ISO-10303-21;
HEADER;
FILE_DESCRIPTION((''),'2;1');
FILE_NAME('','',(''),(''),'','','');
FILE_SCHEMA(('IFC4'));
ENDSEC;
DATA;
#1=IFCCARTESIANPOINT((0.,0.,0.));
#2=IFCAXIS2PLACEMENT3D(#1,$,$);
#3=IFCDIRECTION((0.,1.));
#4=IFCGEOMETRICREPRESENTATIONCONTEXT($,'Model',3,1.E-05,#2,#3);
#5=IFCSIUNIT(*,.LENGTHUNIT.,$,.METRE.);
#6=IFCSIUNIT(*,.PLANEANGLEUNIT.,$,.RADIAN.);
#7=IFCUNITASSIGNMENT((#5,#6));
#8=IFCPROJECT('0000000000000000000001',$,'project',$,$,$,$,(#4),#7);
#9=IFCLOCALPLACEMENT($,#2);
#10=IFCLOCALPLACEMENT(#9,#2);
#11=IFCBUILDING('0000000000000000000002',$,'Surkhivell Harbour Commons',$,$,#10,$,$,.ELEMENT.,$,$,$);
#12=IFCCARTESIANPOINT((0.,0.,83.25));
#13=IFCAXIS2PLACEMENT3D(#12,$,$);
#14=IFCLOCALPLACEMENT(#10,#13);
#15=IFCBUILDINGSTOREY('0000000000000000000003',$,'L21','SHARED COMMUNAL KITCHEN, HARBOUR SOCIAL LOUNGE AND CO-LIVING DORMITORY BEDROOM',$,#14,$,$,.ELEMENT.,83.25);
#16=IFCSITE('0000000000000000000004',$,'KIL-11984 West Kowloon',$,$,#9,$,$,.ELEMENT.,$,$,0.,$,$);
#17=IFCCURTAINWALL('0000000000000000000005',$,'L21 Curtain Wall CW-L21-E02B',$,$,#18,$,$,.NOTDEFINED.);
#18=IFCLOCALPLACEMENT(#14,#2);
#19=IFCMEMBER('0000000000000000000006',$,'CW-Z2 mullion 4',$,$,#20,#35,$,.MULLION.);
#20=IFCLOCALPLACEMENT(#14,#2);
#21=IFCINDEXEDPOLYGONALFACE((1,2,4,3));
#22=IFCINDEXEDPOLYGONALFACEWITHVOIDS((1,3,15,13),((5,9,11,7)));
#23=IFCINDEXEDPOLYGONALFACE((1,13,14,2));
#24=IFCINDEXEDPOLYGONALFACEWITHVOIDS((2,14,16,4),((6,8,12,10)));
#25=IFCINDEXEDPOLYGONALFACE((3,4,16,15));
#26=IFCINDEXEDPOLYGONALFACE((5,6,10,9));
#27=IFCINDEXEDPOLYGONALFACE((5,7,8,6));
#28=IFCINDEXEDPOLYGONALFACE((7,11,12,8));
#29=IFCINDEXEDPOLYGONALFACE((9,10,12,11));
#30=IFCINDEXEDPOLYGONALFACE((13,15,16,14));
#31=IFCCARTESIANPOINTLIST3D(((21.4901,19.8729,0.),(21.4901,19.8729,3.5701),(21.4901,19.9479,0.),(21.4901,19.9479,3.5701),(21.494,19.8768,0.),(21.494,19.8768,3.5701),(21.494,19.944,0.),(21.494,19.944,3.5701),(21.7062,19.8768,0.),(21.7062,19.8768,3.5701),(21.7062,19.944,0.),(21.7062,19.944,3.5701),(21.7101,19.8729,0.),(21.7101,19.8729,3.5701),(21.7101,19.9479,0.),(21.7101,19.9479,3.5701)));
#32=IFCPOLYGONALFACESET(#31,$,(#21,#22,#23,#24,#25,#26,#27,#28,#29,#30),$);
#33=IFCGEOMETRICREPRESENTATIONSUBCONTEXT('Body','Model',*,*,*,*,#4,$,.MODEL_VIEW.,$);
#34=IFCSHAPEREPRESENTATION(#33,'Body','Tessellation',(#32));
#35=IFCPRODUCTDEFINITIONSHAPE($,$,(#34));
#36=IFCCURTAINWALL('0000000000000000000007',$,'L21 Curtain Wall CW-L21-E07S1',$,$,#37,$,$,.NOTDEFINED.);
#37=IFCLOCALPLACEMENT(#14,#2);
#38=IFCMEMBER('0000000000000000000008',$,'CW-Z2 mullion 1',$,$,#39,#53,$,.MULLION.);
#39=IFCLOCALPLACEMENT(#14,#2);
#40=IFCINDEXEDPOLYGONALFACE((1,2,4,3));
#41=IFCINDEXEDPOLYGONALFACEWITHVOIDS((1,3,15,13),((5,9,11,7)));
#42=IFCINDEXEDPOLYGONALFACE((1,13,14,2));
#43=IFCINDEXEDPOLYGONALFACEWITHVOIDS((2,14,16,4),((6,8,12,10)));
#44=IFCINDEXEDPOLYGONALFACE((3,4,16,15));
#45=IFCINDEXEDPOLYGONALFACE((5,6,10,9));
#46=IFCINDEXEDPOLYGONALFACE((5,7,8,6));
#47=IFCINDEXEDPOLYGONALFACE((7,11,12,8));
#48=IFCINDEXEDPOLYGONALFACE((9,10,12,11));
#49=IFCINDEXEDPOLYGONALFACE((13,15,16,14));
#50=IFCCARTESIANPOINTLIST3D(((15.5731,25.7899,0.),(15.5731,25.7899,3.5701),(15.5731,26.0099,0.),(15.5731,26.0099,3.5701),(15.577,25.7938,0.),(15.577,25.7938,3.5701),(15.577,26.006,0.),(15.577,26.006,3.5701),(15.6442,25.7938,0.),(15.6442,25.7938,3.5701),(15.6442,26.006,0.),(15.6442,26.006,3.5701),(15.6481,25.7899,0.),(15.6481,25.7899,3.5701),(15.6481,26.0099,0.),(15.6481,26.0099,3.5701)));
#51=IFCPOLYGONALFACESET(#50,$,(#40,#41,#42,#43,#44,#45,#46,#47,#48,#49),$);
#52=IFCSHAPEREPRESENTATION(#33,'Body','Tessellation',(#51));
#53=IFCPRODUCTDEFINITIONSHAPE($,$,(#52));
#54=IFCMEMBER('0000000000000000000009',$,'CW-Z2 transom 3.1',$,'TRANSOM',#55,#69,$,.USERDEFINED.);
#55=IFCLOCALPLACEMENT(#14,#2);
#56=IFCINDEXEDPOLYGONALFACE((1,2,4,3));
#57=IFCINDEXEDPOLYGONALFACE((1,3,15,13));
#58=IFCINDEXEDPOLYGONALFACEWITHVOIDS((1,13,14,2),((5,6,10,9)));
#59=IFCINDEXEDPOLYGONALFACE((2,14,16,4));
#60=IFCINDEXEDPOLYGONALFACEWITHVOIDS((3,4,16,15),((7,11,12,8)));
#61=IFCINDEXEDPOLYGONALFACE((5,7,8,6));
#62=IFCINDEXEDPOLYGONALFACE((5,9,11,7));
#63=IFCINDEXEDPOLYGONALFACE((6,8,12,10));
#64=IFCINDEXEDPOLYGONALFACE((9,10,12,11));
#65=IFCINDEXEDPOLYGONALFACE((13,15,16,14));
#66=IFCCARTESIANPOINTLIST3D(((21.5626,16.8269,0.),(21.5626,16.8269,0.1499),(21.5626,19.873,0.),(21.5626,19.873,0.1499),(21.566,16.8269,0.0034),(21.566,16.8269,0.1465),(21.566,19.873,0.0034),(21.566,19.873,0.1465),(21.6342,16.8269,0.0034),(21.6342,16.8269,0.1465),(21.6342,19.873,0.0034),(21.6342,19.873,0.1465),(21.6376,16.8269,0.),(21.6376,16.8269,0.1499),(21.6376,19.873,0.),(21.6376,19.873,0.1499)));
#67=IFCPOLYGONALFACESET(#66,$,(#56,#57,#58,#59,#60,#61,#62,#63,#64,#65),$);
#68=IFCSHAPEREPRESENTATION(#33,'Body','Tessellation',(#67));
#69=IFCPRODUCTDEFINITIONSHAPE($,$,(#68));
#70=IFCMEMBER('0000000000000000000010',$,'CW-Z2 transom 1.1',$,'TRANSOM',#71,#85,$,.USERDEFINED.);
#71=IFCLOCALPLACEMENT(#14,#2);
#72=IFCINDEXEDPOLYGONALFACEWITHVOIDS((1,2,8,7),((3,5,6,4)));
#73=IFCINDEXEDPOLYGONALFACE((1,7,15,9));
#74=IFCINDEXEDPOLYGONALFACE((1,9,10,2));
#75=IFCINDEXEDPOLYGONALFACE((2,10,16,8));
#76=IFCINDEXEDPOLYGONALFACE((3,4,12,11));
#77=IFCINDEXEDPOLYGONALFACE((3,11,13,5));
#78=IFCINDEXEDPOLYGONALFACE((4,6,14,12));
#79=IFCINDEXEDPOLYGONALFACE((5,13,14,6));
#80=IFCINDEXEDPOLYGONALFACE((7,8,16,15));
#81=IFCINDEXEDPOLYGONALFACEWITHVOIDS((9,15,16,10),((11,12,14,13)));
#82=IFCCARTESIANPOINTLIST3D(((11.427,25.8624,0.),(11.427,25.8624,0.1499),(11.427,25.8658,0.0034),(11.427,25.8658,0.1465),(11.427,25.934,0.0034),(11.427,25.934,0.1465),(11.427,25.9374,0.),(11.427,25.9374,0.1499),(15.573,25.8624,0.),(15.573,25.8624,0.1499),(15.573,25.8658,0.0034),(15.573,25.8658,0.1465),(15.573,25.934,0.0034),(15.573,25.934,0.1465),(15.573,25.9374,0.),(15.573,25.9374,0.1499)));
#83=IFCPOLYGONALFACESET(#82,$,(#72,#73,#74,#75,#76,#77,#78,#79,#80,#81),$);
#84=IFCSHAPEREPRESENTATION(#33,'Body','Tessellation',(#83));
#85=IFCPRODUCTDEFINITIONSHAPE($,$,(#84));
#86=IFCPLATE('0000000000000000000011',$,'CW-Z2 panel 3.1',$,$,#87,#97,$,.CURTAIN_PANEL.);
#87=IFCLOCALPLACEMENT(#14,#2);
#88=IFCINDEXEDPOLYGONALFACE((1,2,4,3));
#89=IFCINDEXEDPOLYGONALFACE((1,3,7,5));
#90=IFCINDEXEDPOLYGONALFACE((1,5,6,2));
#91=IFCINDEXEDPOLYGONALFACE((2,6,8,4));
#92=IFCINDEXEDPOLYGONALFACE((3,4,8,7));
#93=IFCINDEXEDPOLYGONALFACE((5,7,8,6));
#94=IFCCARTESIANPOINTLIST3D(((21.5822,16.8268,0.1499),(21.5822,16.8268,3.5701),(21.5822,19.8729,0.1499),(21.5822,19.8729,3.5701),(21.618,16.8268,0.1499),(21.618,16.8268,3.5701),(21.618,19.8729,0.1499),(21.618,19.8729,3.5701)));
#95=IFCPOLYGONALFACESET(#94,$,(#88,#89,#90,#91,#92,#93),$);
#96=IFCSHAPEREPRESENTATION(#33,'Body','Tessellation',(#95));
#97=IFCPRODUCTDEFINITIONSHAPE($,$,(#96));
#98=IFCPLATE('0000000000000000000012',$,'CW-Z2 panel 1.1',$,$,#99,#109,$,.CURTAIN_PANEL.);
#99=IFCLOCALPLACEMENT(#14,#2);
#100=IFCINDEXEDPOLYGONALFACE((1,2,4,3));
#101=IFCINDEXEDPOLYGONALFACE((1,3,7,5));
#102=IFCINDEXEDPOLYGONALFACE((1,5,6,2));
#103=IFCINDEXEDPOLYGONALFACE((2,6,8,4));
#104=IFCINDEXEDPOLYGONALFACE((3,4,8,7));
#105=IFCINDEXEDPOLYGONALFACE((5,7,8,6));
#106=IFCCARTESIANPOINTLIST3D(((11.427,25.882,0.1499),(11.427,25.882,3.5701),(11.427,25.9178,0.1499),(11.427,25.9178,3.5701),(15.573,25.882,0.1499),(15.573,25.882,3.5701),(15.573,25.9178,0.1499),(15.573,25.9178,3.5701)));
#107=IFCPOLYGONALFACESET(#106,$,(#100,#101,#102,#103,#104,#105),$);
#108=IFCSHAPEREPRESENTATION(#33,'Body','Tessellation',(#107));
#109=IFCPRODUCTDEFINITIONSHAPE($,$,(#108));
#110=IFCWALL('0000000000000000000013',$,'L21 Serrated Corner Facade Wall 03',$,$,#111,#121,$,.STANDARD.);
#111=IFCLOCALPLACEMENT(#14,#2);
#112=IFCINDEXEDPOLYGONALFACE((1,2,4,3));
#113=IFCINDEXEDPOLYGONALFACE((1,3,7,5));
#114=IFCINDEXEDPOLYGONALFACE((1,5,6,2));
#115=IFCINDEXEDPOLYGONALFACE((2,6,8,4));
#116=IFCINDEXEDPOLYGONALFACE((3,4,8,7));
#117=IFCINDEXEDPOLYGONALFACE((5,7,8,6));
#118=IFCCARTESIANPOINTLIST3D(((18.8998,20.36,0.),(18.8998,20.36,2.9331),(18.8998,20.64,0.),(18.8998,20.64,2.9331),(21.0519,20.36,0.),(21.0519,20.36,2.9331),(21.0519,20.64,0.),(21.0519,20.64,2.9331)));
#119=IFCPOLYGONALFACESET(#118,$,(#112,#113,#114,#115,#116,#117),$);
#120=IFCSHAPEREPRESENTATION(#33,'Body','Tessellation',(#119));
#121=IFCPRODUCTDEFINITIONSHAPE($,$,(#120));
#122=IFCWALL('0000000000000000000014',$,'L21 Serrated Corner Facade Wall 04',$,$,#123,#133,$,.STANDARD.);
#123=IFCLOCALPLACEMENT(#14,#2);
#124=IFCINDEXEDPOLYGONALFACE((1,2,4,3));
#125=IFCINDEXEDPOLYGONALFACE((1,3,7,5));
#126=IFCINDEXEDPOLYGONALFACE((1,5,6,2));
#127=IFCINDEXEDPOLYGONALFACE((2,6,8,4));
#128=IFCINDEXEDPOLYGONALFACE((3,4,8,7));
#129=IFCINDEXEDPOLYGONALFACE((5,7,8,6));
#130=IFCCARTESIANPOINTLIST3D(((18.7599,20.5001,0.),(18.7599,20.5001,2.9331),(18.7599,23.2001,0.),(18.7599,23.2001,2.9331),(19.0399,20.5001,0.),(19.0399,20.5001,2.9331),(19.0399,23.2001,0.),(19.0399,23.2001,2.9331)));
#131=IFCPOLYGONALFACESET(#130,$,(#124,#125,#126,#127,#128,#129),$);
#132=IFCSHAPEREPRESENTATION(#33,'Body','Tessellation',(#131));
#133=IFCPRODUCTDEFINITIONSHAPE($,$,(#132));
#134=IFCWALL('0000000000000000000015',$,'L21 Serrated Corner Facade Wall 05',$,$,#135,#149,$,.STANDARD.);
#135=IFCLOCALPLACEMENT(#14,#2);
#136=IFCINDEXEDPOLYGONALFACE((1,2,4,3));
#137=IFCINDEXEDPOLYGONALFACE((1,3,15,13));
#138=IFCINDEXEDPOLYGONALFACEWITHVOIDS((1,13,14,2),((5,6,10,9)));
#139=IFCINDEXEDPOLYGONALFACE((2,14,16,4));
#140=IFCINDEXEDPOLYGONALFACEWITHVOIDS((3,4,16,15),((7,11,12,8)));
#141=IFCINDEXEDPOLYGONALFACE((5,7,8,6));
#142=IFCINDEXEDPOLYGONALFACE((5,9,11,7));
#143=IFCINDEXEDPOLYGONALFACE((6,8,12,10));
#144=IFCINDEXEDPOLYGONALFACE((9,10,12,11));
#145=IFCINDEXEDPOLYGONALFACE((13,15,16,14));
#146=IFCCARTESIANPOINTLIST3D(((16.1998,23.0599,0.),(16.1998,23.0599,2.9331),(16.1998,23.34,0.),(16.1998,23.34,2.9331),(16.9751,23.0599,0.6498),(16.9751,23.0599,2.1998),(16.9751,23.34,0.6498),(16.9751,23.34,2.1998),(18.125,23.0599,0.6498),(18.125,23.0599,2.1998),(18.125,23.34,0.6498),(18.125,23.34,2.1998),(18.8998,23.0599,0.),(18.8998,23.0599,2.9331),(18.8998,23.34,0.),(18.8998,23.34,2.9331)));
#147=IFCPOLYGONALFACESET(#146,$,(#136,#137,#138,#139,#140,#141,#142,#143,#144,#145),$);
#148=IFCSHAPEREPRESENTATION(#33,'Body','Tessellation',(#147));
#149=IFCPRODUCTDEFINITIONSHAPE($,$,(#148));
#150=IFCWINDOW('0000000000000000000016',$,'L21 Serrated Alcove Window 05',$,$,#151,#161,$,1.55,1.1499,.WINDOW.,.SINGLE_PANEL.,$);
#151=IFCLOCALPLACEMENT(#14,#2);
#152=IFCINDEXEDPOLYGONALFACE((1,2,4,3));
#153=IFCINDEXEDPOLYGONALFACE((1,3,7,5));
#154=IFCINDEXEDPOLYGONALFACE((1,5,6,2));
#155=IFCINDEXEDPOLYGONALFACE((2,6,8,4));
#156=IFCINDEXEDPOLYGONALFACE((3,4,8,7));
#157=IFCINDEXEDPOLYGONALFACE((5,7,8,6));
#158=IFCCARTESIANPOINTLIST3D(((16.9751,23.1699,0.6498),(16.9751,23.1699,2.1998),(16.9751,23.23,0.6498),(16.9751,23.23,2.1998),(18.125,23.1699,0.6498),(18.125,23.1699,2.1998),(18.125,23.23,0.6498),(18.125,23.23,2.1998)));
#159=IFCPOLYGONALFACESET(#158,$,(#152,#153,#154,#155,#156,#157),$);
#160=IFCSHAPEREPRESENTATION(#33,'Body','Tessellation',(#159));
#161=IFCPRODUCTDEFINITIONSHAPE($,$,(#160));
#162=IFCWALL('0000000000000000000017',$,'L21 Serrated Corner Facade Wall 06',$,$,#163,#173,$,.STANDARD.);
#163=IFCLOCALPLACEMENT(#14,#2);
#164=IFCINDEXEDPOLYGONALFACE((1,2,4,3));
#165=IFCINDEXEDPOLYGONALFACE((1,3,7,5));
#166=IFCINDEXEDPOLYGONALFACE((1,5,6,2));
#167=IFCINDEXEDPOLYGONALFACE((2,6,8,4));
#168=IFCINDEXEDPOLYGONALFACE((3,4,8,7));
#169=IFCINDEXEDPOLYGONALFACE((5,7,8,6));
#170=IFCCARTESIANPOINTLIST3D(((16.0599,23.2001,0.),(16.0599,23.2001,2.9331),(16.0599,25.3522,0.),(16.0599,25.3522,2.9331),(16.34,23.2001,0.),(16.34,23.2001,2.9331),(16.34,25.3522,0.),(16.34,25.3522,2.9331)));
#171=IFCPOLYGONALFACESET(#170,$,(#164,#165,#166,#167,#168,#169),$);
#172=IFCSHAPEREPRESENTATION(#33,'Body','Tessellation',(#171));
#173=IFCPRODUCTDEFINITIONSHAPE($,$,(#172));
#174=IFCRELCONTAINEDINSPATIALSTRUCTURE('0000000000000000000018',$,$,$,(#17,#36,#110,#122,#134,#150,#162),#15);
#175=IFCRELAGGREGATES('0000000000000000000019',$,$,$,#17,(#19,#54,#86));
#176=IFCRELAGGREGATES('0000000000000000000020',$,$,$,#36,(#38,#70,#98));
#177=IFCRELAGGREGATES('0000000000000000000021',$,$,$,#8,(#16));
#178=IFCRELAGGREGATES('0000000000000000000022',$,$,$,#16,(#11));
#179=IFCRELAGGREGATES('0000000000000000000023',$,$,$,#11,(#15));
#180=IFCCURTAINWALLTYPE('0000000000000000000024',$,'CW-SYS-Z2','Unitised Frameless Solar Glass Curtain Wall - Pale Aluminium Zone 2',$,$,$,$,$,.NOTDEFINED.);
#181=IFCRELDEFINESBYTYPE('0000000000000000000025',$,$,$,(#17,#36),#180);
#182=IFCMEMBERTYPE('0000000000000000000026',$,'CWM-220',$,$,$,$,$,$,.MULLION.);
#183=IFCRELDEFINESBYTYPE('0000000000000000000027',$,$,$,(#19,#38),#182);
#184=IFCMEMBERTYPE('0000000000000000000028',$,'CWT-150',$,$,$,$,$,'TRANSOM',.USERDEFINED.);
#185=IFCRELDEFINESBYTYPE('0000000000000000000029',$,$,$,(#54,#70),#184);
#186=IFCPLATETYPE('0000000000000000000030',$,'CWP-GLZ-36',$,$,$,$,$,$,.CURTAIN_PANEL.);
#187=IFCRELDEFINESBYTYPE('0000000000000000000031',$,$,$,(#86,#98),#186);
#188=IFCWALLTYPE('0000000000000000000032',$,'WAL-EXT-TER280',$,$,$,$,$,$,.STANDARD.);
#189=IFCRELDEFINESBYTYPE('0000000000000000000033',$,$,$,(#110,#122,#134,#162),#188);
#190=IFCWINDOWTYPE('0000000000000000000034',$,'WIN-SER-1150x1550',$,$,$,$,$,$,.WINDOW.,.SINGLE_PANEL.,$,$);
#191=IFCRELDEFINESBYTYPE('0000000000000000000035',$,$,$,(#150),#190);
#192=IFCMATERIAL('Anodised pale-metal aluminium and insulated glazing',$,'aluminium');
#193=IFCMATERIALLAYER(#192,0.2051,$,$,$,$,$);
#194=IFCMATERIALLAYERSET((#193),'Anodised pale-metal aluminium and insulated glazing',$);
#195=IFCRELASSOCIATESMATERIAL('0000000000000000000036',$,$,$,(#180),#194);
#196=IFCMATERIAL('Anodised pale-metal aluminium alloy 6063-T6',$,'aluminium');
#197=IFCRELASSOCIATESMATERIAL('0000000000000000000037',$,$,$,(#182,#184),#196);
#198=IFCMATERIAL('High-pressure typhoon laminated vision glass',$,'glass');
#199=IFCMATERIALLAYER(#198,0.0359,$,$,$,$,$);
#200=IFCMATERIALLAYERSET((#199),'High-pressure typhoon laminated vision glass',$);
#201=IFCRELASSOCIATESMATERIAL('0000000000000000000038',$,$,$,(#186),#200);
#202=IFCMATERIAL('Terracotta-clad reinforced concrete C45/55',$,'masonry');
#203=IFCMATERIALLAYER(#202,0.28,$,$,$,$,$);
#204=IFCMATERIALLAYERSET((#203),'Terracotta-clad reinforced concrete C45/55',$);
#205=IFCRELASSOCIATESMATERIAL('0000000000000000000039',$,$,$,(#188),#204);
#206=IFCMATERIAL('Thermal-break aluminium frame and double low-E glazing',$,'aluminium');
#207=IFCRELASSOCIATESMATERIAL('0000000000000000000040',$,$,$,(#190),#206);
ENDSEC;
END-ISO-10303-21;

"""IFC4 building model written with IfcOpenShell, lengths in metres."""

from ifc_helpers import new_model, si_unit, direction, frame, frame_2d, origin, origin_2d, place, context, subcontext, project, spatial, rectangle, hollow_rectangle, extrude, material, layer, layer_set, material_profile, profile_set, type_object, element, fill, aggregate, save


model = new_model("IFC4")

# Units and contexts
model_context = context("Model", 3, precision=1e-05, world=origin(), true_north=direction((0.0, 1.0)))
body_context = subcontext(model_context, "Body", "Model", "MODEL_VIEW")
ifc_project = project(units=[si_unit("LENGTHUNIT", "METRE"), si_unit("PLANEANGLEUNIT", "RADIAN")], contexts=[model_context])

# Site, building, storey
site_placement = place(None, origin())
site = spatial("IfcSite", under=ifc_project, at=site_placement, Name="KIL-11984 West Kowloon", CompositionType="ELEMENT", RefElevation=0.0)
building_placement = place(site_placement, origin())
building = spatial("IfcBuilding", under=site, at=building_placement, Name="Surkhivell Harbour Commons", CompositionType="ELEMENT")
storey_placement = place(building_placement, frame((0.0, 0.0, 83.25)))
storey = spatial("IfcBuildingStorey", under=building, at=storey_placement, Name="L21", Description="SHARED COMMUNAL KITCHEN, HARBOUR SOCIAL LOUNGE AND CO-LIVING DORMITORY BEDROOM", CompositionType="ELEMENT", Elevation=83.25)

# Curtain wall, member
ifc_material_1 = material(Name="Anodised pale-metal aluminium and insulated glazing", Category="aluminium")
ifc_layer_1 = layer(ifc_material_1, 0.2051)
ifc_layer_set_1 = layer_set([ifc_layer_1], Name="Anodised pale-metal aluminium and insulated glazing")
curtain_wall_type = type_object("IfcCurtainWallType", Name="CW-SYS-Z2", Description="Unitised Frameless Solar Glass Curtain Wall - Pale Aluminium Zone 2", PredefinedType="NOTDEFINED", material=ifc_layer_set_1)
curtain_wall_1_placement = place(storey_placement, origin())
curtain_wall_1 = element("IfcCurtainWall", 1, at=curtain_wall_1_placement, inside=storey, type_object=curtain_wall_type, Name="L21 Curtain Wall CW-L21-E02B", PredefinedType="NOTDEFINED")
ifc_material_2 = material(Name="Anodised pale-metal aluminium alloy 6063-T6", Category="aluminium")
ifc_material_profile_1 = material_profile(ifc_material_2, hollow_rectangle(XDim=0.075, YDim=0.22, WallThickness=0.0039, at=origin_2d()), Name="ALU-MULL-75x220")
ifc_profile_set_1 = profile_set([ifc_material_profile_1], Name="Anodised pale-metal aluminium alloy 6063-T6")
member_type_1 = type_object("IfcMemberType", Name="CWM-220", PredefinedType="MULLION", material=ifc_profile_set_1)
member_1_placement = place(storey_placement, frame((21.6001, 19.9104, 0.0), z_axis=(0.0, 0.0, 1.0), x_axis=(0.0, 1.0, 0.0)))
member_1 = element("IfcMember", 2, at=member_1_placement, type_object=member_type_1, Name="CW-Z2 mullion 4", PredefinedType="MULLION", context=body_context, shape_type="SweptSolid", body=[
    extrude(hollow_rectangle(XDim=0.075, YDim=0.22, WallThickness=0.0039, at=origin_2d()), origin(), (0.0, 0.0, 1.0), 3.5701),
])

# Curtain wall, member
curtain_wall_2_placement = place(storey_placement, origin())
curtain_wall_2 = element("IfcCurtainWall", 3, at=curtain_wall_2_placement, inside=storey, type_object=curtain_wall_type, Name="L21 Curtain Wall CW-L21-E07S1", PredefinedType="NOTDEFINED")
member_2_placement = place(storey_placement, frame((15.6106, 25.8999, 0.0), z_axis=(0.0, 0.0, 1.0), x_axis=(-1.0, 0.0, 0.0)))
member_2 = element("IfcMember", 4, at=member_2_placement, type_object=member_type_1, Name="CW-Z2 mullion 1", PredefinedType="MULLION", context=body_context, shape_type="SweptSolid", body=[
    extrude(hollow_rectangle(XDim=0.075, YDim=0.22, WallThickness=0.0039, at=origin_2d()), origin(), (0.0, 0.0, 1.0), 3.5701),
])

# Members
ifc_material_profile_2 = material_profile(ifc_material_2, hollow_rectangle(XDim=0.075, YDim=0.1499, WallThickness=0.0034, at=origin_2d()), Name="ALU-TRAN-75x150")
ifc_profile_set_2 = profile_set([ifc_material_profile_2], Name="Anodised pale-metal aluminium alloy 6063-T6")
member_type_2 = type_object("IfcMemberType", Name="CWT-150", ElementType="TRANSOM", PredefinedType="USERDEFINED", material=ifc_profile_set_2)
member_3_placement = place(storey_placement, frame((21.6001, 16.8269, 0.075), z_axis=(0.0, 1.0, 0.0), x_axis=(-1.0, 0.0, 0.0)))
member_3 = element("IfcMember", 5, at=member_3_placement, type_object=member_type_2, Name="CW-Z2 transom 3.1", ObjectType="TRANSOM", PredefinedType="USERDEFINED", context=body_context, shape_type="SweptSolid", body=[
    extrude(hollow_rectangle(XDim=0.075, YDim=0.1499, WallThickness=0.0034, at=origin_2d()), origin(), (0.0, 0.0, 1.0), 3.0461),
])
member_4_placement = place(storey_placement, frame((15.573, 25.8999, 0.075), z_axis=(-1.0, 0.0, 0.0), x_axis=(0.0, -1.0, 0.0)))
member_4 = element("IfcMember", 6, at=member_4_placement, type_object=member_type_2, Name="CW-Z2 transom 1.1", ObjectType="TRANSOM", PredefinedType="USERDEFINED", context=body_context, shape_type="SweptSolid", body=[
    extrude(hollow_rectangle(XDim=0.075, YDim=0.1499, WallThickness=0.0034, at=origin_2d()), origin(), (0.0, 0.0, 1.0), 4.146),
])

# Plates
ifc_material_3 = material(Name="High-pressure typhoon laminated vision glass", Category="glass")
ifc_layer_2 = layer(ifc_material_3, 0.0359)
ifc_layer_set_2 = layer_set([ifc_layer_2], Name="High-pressure typhoon laminated vision glass")
plate_type = type_object("IfcPlateType", Name="CWP-GLZ-36", PredefinedType="CURTAIN_PANEL", material=ifc_layer_set_2)
plate_1_placement = place(storey_placement, frame((21.6001, 16.8269, 0.1499), z_axis=(0.0, 0.0, 1.0), x_axis=(0.0, 1.0, 0.0)))
plate_1 = element("IfcPlate", 7, at=plate_1_placement, type_object=plate_type, Name="CW-Z2 panel 3.1", PredefinedType="CURTAIN_PANEL", context=body_context, shape_type="SweptSolid", body=[
    extrude(rectangle(XDim=3.0461, YDim=0.0359, at=frame_2d((1.5229, 0.0))), origin(), (0.0, 0.0, 1.0), 3.4202),
])
aggregate(curtain_wall_1, [member_1, member_3, plate_1])
plate_2_placement = place(storey_placement, frame((15.573, 25.8999, 0.1499), z_axis=(0.0, 0.0, 1.0), x_axis=(-1.0, 0.0, 0.0)))
plate_2 = element("IfcPlate", 8, at=plate_2_placement, type_object=plate_type, Name="CW-Z2 panel 1.1", PredefinedType="CURTAIN_PANEL", context=body_context, shape_type="SweptSolid", body=[
    extrude(rectangle(XDim=4.146, YDim=0.0359, at=frame_2d((2.073, 0.0))), origin(), (0.0, 0.0, 1.0), 3.4202),
])
aggregate(curtain_wall_2, [member_2, member_4, plate_2])

# Walls
ifc_material_4 = material(Name="Terracotta-clad reinforced concrete C45/55", Category="masonry")
ifc_layer_3 = layer(ifc_material_4, 0.28)
ifc_layer_set_3 = layer_set([ifc_layer_3], Name="Terracotta-clad reinforced concrete C45/55")
wall_type = type_object("IfcWallType", Name="WAL-EXT-TER280", PredefinedType="STANDARD", material=ifc_layer_set_3)
wall_1_placement = place(storey_placement, frame((21.052, 20.5, 0.0), z_axis=(0.0, 0.0, 1.0), x_axis=(-1.0, 0.0, 0.0)))
element("IfcWall", 9, at=wall_1_placement, inside=storey, type_object=wall_type, Name="L21 Serrated Corner Facade Wall 03", PredefinedType="STANDARD", context=body_context, shape_type="SweptSolid", body=[
    extrude(rectangle(XDim=2.1521, YDim=0.28, at=frame_2d((1.0762, 0.0))), origin(), (0.0, 0.0, 1.0), 2.9331),
])
wall_2_placement = place(storey_placement, frame((18.8999, 20.5, 0.0), z_axis=(0.0, 0.0, 1.0), x_axis=(0.0, 1.0, 0.0)))
element("IfcWall", 10, at=wall_2_placement, inside=storey, type_object=wall_type, Name="L21 Serrated Corner Facade Wall 04", PredefinedType="STANDARD", context=body_context, shape_type="SweptSolid", body=[
    extrude(rectangle(XDim=2.7, YDim=0.28, at=frame_2d((1.3501, 0.0))), origin(), (0.0, 0.0, 1.0), 2.9331),
])

# Wall, opening, window
wall_3_placement = place(storey_placement, frame((18.8999, 23.2, 0.0), z_axis=(0.0, 0.0, 1.0), x_axis=(-1.0, 0.0, 0.0)))
wall_3 = element("IfcWall", 11, at=wall_3_placement, inside=storey, type_object=wall_type, Name="L21 Serrated Corner Facade Wall 05", PredefinedType="STANDARD", context=body_context, shape_type="SweptSolid", body=[
    extrude(rectangle(XDim=2.7, YDim=0.28, at=frame_2d((1.3501, 0.0))), origin(), (0.0, 0.0, 1.0), 2.9331),
])
opening_placement = place(wall_3_placement, frame((0.7749, 0.0, 0.6499)))
opening = element("IfcOpeningElement", 12, at=opening_placement, cuts=wall_3, PredefinedType="OPENING", context=body_context, shape_type="SweptSolid", body=[
    extrude(rectangle(XDim=1.1499, YDim=1.55, at=frame_2d((0.575, 0.7749))), frame((0.0, 0.1499, 0.0), z_axis=(0.0, -1.0, 0.0), x_axis=(1.0, 0.0, 0.0)), (0.0, 0.0, 1.0), 0.3),
])
ifc_material_5 = material(Name="Thermal-break aluminium frame and double low-E glazing", Category="aluminium")
window_type = type_object("IfcWindowType", Name="WIN-SER-1150x1550", PartitioningType="SINGLE_PANEL", PredefinedType="WINDOW", material=ifc_material_5)
window_placement = place(opening_placement, origin())
window = element("IfcWindow", 13, at=window_placement, inside=storey, type_object=window_type, Name="L21 Serrated Alcove Window 05", OverallHeight=1.55, OverallWidth=1.1499, PartitioningType="SINGLE_PANEL", PredefinedType="WINDOW", context=body_context, shape_type="SweptSolid", body=[
    extrude(rectangle(XDim=1.1499, YDim=1.55, at=frame_2d((0.575, 0.7749))), frame((0.0, 0.03, 0.0), z_axis=(0.0, -1.0, 0.0), x_axis=(1.0, 0.0, 0.0)), (0.0, 0.0, 1.0), 0.0601),
])
fill(opening, window)

# Wall
wall_4_placement = place(storey_placement, frame((16.2, 23.2, 0.0), z_axis=(0.0, 0.0, 1.0), x_axis=(0.0, 1.0, 0.0)))
element("IfcWall", 14, at=wall_4_placement, inside=storey, type_object=wall_type, Name="L21 Serrated Corner Facade Wall 06", PredefinedType="STANDARD", context=body_context, shape_type="SweptSolid", body=[
    extrude(rectangle(XDim=2.1521, YDim=0.28, at=frame_2d((1.0762, 0.0))), origin(), (0.0, 0.0, 1.0), 2.9331),
])

save(model, "model.ifc")
